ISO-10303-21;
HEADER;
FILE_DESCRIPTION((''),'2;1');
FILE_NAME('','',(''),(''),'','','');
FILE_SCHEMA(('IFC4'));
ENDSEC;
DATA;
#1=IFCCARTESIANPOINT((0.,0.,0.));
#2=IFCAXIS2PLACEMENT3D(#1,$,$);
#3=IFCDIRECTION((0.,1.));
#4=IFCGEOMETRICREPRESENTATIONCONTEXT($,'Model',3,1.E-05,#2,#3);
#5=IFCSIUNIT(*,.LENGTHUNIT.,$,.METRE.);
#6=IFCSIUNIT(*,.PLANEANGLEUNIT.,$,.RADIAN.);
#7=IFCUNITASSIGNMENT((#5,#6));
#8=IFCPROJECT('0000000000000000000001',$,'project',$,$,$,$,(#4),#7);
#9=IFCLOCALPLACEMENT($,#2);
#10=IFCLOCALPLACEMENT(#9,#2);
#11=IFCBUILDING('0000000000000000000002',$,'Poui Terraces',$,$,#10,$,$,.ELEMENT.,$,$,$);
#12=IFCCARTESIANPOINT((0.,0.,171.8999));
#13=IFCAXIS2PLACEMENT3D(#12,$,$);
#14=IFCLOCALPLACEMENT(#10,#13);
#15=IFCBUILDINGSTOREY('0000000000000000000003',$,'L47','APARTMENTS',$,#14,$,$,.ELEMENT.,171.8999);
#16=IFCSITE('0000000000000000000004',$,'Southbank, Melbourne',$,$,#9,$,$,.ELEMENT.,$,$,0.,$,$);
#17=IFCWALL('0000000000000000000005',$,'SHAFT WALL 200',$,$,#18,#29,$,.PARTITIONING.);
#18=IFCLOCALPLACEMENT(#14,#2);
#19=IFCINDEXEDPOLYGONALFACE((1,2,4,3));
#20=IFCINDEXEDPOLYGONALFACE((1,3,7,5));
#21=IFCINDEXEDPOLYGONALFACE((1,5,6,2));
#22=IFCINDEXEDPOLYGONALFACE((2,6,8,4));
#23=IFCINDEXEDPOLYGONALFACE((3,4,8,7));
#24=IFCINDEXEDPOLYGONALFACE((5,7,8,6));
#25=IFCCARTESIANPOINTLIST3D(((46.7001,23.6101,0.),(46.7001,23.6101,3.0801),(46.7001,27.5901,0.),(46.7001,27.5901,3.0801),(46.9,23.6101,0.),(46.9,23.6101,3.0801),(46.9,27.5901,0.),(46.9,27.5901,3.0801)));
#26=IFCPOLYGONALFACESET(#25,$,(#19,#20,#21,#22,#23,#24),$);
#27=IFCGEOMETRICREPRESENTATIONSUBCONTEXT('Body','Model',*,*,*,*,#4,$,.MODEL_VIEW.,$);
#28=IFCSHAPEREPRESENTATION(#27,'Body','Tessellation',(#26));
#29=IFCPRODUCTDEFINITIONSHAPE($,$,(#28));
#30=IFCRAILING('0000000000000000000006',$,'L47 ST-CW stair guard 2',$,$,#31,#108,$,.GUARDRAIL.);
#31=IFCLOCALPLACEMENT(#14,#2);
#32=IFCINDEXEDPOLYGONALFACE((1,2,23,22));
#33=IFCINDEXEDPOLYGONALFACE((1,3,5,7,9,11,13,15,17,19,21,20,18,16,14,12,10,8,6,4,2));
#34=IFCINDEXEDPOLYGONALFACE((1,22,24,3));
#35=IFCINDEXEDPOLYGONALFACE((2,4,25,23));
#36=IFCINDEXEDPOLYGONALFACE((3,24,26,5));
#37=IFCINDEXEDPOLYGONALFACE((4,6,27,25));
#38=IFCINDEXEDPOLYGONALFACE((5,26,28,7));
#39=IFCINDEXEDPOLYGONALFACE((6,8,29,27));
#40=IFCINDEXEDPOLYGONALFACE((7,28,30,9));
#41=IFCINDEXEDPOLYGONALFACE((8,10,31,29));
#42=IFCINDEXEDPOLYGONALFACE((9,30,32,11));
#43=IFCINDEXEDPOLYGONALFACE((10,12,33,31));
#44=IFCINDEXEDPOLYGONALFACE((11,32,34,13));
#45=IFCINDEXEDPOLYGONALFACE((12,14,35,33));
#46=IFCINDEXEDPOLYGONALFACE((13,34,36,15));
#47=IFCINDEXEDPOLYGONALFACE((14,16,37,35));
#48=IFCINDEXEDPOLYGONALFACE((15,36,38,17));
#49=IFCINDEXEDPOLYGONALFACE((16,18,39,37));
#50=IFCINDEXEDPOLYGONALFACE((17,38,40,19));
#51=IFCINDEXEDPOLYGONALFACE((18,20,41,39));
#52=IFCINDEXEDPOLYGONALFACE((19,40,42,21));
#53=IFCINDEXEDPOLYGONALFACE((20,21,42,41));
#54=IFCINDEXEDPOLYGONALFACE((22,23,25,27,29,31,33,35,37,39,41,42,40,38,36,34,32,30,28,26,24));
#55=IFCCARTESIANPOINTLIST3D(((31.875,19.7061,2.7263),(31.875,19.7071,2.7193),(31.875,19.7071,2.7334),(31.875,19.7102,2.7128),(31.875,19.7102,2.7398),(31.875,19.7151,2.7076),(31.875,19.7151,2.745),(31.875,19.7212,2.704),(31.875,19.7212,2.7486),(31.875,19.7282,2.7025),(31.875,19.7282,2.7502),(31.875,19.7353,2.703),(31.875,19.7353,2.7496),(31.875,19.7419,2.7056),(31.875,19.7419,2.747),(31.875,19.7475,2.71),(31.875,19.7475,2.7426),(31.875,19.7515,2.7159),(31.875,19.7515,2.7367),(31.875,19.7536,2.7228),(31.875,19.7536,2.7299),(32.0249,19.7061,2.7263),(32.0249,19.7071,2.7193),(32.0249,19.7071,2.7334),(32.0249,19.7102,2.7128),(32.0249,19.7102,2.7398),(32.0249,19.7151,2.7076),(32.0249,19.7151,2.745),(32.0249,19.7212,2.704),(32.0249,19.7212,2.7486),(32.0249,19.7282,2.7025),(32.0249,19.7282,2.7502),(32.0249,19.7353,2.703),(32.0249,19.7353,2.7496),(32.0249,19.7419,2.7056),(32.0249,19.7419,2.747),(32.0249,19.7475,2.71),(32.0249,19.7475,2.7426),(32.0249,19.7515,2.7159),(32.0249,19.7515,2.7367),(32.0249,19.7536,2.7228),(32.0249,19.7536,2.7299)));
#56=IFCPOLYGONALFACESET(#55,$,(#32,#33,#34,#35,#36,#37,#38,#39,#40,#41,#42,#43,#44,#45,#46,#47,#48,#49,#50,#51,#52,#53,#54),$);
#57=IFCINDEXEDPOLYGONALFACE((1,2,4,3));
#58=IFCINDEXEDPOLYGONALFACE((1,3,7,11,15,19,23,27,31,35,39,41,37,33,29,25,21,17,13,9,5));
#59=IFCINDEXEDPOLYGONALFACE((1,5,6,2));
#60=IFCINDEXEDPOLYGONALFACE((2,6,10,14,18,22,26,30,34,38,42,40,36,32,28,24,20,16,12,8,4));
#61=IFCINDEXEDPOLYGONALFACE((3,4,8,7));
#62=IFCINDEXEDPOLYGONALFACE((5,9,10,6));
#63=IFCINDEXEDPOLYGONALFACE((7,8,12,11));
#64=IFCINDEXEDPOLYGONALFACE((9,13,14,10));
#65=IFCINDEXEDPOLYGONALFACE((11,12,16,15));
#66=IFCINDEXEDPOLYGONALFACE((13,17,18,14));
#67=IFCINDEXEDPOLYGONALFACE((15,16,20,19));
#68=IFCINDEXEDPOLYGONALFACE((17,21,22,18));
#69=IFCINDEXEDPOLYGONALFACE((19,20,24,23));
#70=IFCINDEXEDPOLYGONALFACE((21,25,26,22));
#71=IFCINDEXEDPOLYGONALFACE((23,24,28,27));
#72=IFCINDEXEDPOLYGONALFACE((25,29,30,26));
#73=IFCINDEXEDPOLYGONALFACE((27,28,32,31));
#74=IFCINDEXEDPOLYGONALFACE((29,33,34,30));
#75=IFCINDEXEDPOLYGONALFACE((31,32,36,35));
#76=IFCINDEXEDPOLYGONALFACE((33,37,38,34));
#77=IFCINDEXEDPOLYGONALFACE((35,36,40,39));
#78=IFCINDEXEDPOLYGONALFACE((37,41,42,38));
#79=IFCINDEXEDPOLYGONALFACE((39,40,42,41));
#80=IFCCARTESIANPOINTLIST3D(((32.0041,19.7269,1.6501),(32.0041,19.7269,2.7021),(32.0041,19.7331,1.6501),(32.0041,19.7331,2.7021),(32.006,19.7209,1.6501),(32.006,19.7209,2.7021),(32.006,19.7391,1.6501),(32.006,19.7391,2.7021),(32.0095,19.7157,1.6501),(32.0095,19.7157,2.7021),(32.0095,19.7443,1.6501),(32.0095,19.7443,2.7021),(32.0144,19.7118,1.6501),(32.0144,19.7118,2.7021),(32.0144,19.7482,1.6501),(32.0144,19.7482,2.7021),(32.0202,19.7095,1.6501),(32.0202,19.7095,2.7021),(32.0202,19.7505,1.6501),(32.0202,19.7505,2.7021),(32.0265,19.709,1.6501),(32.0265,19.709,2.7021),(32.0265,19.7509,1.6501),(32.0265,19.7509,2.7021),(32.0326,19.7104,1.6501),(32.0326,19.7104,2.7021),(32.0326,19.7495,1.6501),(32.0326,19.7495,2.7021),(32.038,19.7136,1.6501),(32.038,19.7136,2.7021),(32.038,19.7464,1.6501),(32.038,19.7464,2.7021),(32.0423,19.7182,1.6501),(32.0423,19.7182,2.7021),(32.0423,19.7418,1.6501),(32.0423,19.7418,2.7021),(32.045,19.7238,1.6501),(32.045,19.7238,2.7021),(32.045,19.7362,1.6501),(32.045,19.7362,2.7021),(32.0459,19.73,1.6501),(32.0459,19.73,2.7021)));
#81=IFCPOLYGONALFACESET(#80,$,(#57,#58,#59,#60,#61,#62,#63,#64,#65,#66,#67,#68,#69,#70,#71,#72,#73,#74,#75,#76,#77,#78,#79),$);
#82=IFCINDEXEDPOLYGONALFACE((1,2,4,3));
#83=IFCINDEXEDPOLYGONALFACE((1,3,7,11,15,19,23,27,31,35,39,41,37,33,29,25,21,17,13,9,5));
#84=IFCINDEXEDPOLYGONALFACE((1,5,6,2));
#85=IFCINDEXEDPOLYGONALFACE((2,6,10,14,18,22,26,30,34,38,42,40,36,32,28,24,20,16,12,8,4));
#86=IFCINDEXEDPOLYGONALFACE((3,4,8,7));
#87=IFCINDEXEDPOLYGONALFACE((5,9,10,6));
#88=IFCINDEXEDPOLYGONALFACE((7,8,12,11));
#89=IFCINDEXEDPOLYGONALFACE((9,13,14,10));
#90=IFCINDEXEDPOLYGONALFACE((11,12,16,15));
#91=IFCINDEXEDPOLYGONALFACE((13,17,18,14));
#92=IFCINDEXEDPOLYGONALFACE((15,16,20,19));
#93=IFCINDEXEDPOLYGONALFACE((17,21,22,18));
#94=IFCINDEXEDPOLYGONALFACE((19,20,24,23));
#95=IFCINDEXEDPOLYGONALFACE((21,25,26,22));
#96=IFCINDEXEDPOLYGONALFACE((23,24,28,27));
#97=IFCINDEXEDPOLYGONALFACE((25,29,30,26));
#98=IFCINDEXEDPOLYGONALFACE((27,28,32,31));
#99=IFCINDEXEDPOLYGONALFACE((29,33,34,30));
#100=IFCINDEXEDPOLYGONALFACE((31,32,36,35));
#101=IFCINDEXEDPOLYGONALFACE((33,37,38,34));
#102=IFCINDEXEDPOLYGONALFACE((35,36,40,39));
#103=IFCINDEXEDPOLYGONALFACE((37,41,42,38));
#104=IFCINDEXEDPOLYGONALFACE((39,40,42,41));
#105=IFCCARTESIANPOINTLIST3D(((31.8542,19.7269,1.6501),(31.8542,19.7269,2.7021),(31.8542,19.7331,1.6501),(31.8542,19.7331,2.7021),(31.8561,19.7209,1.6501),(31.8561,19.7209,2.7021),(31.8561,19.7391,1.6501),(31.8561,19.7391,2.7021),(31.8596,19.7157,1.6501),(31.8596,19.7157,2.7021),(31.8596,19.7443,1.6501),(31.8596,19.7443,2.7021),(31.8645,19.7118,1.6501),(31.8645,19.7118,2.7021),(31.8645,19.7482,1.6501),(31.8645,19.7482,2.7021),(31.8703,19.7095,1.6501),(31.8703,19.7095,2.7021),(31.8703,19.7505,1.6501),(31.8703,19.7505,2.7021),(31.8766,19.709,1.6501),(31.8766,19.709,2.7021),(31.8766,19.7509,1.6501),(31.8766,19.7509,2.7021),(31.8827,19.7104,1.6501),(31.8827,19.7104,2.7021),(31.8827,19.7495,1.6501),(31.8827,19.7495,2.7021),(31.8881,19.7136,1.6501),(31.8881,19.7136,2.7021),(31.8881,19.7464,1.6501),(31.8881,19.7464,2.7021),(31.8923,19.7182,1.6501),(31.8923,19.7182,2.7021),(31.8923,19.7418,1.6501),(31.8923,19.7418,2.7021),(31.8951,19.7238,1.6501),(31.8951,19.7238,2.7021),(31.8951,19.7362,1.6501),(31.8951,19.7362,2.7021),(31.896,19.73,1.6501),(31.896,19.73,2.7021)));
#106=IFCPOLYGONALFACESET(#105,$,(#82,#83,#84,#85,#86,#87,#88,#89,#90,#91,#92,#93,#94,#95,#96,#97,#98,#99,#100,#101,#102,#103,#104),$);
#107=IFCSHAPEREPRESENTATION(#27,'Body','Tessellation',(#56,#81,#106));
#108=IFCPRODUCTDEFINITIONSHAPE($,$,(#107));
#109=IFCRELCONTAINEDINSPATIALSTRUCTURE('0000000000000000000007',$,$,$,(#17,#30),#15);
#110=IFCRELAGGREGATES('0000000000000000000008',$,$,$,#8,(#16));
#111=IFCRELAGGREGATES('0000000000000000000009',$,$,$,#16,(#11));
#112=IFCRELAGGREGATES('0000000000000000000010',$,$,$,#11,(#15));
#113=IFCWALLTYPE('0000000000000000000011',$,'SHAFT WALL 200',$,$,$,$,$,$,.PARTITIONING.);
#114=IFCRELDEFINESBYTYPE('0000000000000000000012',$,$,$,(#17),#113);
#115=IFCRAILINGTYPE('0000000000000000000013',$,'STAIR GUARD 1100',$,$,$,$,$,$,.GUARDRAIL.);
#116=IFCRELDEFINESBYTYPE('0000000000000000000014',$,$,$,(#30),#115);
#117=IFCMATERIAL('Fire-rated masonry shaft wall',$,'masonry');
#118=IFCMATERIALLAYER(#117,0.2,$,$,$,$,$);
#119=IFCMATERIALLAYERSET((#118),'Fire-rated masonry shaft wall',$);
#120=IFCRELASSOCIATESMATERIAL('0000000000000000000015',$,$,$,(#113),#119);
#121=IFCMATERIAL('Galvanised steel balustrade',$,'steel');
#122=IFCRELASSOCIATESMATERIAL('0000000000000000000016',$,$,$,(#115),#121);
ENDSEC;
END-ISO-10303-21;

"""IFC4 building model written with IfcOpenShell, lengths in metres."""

from ifc_helpers import new_model, si_unit, direction, frame, frame_2d, origin, origin_2d, place, context, subcontext, project, spatial, rectangle, circle, extrude, material, layer, layer_set, type_object, element, save


model = new_model("IFC4")

# Units and contexts
model_context = context("Model", 3, precision=1e-05, world=origin(), true_north=direction((0.0, 1.0)))
body_context = subcontext(model_context, "Body", "Model", "MODEL_VIEW")
ifc_project = project(units=[si_unit("LENGTHUNIT", "METRE"), si_unit("PLANEANGLEUNIT", "RADIAN")], contexts=[model_context])

# Site, building, storey
site_placement = place(None, origin())
site = spatial("IfcSite", under=ifc_project, at=site_placement, Name="Southbank, Melbourne", CompositionType="ELEMENT", RefElevation=0.0)
building_placement = place(site_placement, origin())
building = spatial("IfcBuilding", under=site, at=building_placement, Name="Poui Terraces", CompositionType="ELEMENT")
storey_placement = place(building_placement, frame((0.0, 0.0, 171.8999)))
storey = spatial("IfcBuildingStorey", under=building, at=storey_placement, Name="L47", Description="APARTMENTS", CompositionType="ELEMENT", Elevation=171.8999)

# Wall
ifc_material_1 = material(Name="Fire-rated masonry shaft wall", Category="masonry")
ifc_layer_1 = layer(ifc_material_1, 0.2)
ifc_layer_set_1 = layer_set([ifc_layer_1], Name="Fire-rated masonry shaft wall")
wall_type_1 = type_object("IfcWallType", Name="SHAFT WALL 200", PredefinedType="PARTITIONING", material=ifc_layer_set_1)
for number, where, z_axis, x_axis, name in (
    (1, (46.8, 23.6101, 0.0), (0.0, 0.0, 1.0), (0.0, 1.0, 0.0), "SHAFT WALL 200"),
):
    element("IfcWall", number, at=place(storey_placement, frame(where, z_axis=z_axis, x_axis=x_axis)), inside=storey, type_object=wall_type_1, Name=name, PredefinedType="PARTITIONING", context=body_context, shape_type="SweptSolid", body=[
        extrude(rectangle(XDim=3.98, YDim=0.2, at=frame_2d((1.99, 0.0))), origin(), (0.0, 0.0, 1.0), 3.0801),
    ])

# Railing
ifc_material_2 = material(Name="Galvanised steel balustrade", Category="steel")
railing_type = type_object("IfcRailingType", Name="STAIR GUARD 1100", PredefinedType="GUARDRAIL", material=ifc_material_2)
railing_1_placement = place(storey_placement, frame((32.0249, 19.73, 1.6501)))
element("IfcRailing", 2, at=railing_1_placement, inside=storey, type_object=railing_type, Name="L47 ST-CW stair guard 2", PredefinedType="GUARDRAIL", context=body_context, shape_type="SweptSolid", body=[
    extrude(circle(Radius=0.0239, at=origin_2d()), frame((0.0, 0.0, 1.0762), z_axis=(-1.0, 0.0, 0.0), x_axis=(0.0, -1.0, 0.0)), (0.0, 0.0, 1.0), 0.1499),
    extrude(circle(Radius=0.021, at=origin_2d()), origin(), (0.0, 0.0, 1.0), 1.052),
    extrude(circle(Radius=0.021, at=origin_2d()), frame((-0.1499, 0.0, 0.0)), (0.0, 0.0, 1.0), 1.052),
])

save(model, "model.ifc")
